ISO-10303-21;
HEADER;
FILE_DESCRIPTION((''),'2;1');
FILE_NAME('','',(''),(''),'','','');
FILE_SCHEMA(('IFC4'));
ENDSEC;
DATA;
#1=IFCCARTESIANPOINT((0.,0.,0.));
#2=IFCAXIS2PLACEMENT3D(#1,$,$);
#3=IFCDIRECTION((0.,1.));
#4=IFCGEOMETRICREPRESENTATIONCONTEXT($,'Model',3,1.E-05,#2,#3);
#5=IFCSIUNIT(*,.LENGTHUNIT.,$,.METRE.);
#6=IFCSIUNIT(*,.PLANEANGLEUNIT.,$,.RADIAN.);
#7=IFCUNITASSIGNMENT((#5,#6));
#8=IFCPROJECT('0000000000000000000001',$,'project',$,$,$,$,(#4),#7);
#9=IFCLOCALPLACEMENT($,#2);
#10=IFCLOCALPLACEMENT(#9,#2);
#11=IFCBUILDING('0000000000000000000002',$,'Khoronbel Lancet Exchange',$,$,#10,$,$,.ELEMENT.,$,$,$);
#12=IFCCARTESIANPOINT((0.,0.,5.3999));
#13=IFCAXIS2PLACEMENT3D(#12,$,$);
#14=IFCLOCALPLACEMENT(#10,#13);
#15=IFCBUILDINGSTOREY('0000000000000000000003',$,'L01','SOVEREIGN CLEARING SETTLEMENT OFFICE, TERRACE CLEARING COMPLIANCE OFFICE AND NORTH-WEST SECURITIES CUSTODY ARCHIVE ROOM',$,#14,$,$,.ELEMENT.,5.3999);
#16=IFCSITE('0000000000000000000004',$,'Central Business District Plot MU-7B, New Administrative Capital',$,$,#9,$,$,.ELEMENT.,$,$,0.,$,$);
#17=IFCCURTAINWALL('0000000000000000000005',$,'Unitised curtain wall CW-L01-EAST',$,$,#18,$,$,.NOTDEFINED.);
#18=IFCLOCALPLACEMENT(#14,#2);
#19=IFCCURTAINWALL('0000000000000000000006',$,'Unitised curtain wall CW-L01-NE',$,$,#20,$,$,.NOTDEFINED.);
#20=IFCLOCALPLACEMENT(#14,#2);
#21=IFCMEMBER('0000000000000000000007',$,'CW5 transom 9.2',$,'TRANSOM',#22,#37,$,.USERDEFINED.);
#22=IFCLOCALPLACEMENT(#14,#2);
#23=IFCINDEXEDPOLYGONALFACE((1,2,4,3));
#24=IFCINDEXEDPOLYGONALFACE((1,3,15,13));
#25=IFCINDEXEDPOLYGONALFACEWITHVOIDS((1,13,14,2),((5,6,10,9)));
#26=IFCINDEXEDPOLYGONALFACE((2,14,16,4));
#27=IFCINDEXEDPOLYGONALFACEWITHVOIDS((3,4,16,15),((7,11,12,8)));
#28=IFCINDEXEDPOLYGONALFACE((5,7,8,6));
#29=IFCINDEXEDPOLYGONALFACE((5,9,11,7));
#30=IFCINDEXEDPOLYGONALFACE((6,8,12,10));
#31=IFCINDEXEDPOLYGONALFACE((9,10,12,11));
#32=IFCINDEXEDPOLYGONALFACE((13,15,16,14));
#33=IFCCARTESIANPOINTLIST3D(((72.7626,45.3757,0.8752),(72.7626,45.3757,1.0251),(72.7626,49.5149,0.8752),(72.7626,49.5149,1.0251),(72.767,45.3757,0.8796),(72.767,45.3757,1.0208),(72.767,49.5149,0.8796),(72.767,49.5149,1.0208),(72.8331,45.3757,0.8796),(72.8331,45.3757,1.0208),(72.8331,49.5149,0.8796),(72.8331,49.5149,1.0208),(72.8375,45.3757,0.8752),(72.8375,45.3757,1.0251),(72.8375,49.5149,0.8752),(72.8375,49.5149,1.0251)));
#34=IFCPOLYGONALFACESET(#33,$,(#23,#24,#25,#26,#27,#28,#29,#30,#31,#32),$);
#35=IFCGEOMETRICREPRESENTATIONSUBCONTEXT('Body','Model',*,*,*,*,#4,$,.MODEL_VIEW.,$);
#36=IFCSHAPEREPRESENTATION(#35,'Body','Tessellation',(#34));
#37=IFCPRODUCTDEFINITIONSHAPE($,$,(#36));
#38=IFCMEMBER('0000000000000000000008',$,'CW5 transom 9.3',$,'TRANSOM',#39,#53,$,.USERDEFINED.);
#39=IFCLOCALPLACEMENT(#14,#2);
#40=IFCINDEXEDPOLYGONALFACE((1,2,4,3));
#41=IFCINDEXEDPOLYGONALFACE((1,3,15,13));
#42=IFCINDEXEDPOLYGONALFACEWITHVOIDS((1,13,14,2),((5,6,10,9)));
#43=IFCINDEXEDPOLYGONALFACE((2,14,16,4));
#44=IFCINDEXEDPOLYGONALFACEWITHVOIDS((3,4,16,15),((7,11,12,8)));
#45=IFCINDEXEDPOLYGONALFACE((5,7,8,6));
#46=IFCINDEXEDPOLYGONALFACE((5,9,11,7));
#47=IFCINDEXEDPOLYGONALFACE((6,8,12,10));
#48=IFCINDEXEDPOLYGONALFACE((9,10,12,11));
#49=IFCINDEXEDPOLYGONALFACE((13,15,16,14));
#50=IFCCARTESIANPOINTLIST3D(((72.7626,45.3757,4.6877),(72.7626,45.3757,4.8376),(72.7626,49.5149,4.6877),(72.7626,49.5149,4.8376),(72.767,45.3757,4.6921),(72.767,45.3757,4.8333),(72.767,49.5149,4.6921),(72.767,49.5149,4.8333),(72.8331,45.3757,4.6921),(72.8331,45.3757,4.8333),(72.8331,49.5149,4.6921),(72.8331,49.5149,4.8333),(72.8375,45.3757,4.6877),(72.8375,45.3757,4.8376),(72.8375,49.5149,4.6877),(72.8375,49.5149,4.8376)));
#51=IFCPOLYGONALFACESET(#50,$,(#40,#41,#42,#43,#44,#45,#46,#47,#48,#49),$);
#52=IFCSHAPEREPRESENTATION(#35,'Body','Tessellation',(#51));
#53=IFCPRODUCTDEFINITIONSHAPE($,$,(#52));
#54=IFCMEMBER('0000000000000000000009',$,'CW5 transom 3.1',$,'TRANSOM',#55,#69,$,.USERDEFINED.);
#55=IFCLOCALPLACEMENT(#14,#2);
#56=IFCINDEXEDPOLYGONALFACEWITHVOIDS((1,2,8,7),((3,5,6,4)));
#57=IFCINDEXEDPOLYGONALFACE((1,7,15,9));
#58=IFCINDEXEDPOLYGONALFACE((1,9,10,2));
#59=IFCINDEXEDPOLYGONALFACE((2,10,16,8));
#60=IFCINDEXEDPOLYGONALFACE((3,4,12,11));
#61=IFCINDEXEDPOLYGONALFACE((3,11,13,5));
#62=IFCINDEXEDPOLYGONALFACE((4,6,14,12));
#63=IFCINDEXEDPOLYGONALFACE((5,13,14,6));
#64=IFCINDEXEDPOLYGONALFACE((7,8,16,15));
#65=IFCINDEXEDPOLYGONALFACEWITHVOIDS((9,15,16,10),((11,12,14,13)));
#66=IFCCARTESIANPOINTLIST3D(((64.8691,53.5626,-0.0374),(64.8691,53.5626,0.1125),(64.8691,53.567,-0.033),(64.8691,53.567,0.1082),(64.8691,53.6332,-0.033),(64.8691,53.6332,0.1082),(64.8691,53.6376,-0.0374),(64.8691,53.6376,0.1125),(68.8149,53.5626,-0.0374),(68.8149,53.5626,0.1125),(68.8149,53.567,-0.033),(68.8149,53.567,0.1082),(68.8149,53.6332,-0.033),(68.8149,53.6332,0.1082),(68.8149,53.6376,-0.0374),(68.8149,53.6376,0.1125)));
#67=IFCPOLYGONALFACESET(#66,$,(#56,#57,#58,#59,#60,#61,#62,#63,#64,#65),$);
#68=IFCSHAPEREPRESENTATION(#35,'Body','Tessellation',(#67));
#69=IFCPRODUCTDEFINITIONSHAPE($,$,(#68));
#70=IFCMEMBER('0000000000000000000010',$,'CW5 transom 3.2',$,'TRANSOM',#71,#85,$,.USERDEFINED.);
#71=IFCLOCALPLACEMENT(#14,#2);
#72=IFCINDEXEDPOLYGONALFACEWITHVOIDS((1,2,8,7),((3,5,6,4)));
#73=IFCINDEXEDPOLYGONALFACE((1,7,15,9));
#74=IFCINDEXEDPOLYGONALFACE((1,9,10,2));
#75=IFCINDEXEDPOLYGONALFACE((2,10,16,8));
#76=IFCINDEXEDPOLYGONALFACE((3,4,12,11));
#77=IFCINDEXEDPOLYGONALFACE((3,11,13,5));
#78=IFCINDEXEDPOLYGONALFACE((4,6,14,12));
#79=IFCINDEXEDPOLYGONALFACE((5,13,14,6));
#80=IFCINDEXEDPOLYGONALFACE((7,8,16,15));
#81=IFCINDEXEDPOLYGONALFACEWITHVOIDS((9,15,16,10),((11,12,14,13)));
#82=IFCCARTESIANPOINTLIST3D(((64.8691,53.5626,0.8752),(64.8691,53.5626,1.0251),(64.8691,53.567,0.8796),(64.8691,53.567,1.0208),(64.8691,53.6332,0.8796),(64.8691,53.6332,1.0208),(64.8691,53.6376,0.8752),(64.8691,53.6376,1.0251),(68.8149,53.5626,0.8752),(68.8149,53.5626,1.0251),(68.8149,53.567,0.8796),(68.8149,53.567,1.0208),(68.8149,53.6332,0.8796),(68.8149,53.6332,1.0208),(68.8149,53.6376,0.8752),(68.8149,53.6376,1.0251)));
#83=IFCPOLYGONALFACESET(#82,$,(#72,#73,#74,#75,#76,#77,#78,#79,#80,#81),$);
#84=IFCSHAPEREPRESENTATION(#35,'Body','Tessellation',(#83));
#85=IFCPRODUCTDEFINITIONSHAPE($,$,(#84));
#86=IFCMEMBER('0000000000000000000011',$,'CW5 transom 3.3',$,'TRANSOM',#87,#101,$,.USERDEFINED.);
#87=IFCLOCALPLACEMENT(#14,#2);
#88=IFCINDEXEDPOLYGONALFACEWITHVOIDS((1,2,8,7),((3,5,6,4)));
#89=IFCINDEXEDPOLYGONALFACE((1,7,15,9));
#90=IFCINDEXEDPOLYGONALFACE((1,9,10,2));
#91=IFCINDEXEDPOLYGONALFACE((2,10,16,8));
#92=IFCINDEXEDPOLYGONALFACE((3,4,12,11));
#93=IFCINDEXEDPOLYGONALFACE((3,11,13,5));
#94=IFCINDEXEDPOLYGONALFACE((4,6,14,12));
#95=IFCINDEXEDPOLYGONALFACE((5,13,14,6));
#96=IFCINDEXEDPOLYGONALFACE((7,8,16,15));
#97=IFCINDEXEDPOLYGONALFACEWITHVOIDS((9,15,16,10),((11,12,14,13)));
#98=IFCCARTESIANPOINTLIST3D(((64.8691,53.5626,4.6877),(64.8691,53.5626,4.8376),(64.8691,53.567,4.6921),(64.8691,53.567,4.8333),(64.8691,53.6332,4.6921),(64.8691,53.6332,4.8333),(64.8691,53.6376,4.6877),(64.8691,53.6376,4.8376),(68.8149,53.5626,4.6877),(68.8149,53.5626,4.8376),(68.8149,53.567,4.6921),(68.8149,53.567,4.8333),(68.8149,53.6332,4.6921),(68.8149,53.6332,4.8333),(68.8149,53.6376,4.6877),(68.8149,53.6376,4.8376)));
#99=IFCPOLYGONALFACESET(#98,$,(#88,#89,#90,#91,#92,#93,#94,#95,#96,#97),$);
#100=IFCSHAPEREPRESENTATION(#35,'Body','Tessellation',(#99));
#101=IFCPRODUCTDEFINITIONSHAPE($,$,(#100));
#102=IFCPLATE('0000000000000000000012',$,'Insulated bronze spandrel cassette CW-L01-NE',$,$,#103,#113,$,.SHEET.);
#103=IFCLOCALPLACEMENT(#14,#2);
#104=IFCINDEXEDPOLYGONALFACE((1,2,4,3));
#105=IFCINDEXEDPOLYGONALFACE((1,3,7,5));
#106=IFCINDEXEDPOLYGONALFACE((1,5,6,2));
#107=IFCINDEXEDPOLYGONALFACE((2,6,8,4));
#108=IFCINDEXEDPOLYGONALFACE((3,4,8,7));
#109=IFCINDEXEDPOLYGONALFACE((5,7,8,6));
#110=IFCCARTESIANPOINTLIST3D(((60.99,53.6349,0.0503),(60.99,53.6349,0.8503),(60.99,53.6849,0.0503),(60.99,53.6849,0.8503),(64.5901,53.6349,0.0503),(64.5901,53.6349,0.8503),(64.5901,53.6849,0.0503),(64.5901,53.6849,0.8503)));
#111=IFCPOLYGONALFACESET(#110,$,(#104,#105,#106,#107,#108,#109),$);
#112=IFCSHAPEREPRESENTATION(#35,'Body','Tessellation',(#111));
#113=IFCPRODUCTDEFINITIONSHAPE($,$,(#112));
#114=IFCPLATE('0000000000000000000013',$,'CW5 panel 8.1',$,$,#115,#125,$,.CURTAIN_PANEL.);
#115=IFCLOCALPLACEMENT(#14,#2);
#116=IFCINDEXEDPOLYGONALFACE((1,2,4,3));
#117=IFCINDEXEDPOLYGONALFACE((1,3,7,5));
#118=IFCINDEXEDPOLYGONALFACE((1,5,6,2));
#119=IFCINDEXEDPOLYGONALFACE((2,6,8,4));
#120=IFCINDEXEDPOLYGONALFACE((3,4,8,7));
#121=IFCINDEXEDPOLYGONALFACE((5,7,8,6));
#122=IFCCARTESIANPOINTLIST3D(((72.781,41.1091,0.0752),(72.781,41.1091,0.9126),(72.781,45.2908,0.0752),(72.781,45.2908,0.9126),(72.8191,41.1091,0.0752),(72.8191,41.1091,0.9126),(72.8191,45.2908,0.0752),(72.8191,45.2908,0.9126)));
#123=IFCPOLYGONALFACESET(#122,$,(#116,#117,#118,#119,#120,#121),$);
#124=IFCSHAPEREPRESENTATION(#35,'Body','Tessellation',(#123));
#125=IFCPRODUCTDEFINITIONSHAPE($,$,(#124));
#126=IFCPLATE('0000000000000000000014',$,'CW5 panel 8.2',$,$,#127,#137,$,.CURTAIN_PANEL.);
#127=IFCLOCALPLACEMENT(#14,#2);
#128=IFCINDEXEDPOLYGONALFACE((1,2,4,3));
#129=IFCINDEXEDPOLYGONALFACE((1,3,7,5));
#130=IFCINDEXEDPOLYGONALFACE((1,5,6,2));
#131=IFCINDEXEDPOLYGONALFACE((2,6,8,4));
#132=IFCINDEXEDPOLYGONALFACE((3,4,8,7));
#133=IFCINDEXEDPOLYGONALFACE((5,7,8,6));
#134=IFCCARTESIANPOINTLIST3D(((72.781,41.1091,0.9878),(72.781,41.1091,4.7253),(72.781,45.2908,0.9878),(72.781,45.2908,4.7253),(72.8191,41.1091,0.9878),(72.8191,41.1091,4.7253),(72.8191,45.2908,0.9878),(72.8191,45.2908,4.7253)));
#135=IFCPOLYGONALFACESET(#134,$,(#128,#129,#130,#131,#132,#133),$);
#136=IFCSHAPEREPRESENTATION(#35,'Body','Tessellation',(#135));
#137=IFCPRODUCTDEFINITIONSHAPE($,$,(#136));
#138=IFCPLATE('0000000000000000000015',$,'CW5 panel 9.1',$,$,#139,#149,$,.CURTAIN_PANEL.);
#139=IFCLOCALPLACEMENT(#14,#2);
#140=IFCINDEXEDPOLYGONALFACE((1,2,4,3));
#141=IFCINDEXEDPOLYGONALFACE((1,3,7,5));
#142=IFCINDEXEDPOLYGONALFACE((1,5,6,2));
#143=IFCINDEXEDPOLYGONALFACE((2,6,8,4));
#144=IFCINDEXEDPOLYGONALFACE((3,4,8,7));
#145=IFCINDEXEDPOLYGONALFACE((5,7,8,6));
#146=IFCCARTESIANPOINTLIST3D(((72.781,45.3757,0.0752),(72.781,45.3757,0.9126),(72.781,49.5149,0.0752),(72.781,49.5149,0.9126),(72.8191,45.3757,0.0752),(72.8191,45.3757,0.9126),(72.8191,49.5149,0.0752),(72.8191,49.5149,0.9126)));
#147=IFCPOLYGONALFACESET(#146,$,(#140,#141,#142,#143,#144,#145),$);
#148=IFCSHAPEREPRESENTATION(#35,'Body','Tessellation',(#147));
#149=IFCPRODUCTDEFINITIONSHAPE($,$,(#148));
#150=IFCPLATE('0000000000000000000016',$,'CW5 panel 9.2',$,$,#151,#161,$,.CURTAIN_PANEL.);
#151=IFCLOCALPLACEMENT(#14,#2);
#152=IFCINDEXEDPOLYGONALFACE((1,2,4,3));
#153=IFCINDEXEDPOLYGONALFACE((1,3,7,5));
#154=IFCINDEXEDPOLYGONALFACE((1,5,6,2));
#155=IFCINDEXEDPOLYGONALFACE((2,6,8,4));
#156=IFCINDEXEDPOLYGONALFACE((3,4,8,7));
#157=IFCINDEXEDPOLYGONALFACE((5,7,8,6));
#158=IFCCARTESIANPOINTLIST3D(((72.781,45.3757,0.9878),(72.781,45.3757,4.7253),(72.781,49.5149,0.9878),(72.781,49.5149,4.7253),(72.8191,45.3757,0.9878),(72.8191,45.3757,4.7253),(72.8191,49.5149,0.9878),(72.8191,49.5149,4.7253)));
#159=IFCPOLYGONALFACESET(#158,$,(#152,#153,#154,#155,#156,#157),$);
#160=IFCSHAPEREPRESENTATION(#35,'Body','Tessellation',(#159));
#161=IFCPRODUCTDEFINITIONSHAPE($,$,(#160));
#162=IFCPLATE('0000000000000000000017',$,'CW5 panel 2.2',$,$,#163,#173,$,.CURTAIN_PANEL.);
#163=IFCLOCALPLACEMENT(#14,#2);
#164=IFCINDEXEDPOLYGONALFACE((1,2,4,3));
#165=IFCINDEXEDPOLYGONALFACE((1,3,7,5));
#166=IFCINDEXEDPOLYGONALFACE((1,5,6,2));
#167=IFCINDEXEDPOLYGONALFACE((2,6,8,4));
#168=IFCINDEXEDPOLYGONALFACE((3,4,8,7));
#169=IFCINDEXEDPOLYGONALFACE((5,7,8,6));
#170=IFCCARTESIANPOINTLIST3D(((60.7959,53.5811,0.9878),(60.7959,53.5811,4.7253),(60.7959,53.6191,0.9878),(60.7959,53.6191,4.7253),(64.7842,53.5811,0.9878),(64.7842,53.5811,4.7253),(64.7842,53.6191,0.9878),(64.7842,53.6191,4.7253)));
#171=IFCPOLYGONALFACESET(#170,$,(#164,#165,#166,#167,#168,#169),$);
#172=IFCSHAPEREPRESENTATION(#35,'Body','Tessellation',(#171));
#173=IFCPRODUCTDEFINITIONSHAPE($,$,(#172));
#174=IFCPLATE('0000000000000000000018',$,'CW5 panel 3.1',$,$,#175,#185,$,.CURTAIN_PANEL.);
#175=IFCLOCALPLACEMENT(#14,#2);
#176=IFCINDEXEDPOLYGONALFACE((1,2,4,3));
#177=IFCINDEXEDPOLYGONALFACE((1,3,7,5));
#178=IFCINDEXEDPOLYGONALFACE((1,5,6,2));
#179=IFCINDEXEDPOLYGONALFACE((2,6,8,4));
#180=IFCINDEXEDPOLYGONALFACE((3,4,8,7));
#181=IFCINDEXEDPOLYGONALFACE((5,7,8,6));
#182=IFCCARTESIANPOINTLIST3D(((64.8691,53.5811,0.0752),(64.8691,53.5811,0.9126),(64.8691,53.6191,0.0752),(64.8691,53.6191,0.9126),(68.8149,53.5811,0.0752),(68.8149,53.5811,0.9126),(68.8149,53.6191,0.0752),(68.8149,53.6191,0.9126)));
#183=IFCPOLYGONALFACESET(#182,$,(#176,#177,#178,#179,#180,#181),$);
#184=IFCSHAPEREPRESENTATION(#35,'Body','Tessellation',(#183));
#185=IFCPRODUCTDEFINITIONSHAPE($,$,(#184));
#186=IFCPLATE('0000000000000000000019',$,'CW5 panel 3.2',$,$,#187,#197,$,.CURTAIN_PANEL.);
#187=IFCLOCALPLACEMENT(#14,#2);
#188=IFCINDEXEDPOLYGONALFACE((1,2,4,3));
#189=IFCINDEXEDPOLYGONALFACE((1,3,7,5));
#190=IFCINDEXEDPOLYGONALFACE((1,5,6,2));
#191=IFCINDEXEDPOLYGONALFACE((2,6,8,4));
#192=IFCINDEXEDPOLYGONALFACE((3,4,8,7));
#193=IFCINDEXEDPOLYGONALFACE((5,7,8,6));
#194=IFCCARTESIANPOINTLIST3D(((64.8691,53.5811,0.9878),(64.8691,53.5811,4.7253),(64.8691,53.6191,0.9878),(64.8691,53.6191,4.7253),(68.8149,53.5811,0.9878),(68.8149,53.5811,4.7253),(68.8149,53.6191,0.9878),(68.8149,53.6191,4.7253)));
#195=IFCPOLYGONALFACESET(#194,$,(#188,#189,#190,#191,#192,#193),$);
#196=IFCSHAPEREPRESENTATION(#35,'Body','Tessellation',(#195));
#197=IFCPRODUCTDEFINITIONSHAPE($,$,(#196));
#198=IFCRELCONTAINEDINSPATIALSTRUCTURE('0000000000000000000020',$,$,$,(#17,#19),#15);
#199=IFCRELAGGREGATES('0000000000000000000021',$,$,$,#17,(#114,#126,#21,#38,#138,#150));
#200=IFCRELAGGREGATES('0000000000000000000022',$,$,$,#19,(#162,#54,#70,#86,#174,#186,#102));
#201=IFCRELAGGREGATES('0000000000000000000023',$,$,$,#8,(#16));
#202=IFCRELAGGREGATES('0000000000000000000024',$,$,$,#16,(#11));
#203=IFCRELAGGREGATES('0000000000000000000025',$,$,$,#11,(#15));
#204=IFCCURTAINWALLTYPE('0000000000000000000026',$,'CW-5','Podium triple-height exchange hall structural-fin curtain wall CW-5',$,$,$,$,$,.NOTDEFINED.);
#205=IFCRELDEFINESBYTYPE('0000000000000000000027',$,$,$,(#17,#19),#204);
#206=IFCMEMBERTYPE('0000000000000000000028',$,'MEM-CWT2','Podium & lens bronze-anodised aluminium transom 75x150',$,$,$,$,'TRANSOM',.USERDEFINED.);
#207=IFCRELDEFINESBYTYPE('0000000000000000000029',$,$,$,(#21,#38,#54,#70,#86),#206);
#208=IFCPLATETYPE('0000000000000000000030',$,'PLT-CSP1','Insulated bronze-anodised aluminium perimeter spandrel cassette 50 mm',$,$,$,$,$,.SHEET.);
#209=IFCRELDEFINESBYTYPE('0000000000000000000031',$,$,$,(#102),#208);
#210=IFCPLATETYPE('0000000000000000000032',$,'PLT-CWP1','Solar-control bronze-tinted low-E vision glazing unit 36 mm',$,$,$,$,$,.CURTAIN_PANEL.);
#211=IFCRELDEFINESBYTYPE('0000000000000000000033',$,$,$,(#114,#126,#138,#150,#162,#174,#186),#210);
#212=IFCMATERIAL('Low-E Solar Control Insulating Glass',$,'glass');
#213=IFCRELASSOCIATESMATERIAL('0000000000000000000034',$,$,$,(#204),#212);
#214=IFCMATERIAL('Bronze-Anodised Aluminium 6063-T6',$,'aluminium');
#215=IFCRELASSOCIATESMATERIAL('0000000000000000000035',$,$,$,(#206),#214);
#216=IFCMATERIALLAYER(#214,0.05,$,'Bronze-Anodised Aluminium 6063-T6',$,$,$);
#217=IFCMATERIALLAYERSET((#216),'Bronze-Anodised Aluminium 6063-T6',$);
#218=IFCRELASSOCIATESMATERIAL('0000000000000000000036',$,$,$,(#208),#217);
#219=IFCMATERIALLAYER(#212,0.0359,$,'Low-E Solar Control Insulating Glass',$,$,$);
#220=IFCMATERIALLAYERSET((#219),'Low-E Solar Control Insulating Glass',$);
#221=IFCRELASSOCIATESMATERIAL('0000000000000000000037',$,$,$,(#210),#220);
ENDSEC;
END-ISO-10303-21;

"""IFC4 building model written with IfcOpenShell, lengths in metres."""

from ifc_helpers import new_model, si_unit, direction, frame, origin, origin_2d, place, context, subcontext, project, spatial, rectangle, hollow_rectangle, extrude, material, layer, layer_set, material_profile, profile_set, type_object, element, aggregate, save


model = new_model("IFC4")

# Units and contexts
model_context = context("Model", 3, precision=1e-05, world=origin(), true_north=direction((0.0, 1.0)))
body_context = subcontext(model_context, "Body", "Model", "MODEL_VIEW")
ifc_project = project(units=[si_unit("LENGTHUNIT", "METRE"), si_unit("PLANEANGLEUNIT", "RADIAN")], contexts=[model_context])

# Site, building, storey
site_placement = place(None, origin())
site = spatial("IfcSite", under=ifc_project, at=site_placement, Name="Central Business District Plot MU-7B, New Administrative Capital", CompositionType="ELEMENT", RefElevation=0.0)
building_placement = place(site_placement, origin())
building = spatial("IfcBuilding", under=site, at=building_placement, Name="Khoronbel Lancet Exchange", CompositionType="ELEMENT")
storey_placement = place(building_placement, frame((0.0, 0.0, 5.3999)))
storey = spatial("IfcBuildingStorey", under=building, at=storey_placement, Name="L01", Description="SOVEREIGN CLEARING SETTLEMENT OFFICE, TERRACE CLEARING COMPLIANCE OFFICE AND NORTH-WEST SECURITIES CUSTODY ARCHIVE ROOM", CompositionType="ELEMENT", Elevation=5.3999)

# Curtain walls
ifc_material_1 = material(Name="Low-E Solar Control Insulating Glass", Category="glass")
curtain_wall_type = type_object("IfcCurtainWallType", Name="CW-5", Description="Podium triple-height exchange hall structural-fin curtain wall CW-5", PredefinedType="NOTDEFINED", material=ifc_material_1)
curtain_wall_1_placement = place(storey_placement, origin())
curtain_wall_1 = element("IfcCurtainWall", 1, at=curtain_wall_1_placement, inside=storey, type_object=curtain_wall_type, Name="Unitised curtain wall CW-L01-EAST", PredefinedType="NOTDEFINED")
ifc_material_2 = material(Name="Bronze-Anodised Aluminium 6063-T6", Category="aluminium")
curtain_wall_2_placement = place(storey_placement, origin())
curtain_wall_2 = element("IfcCurtainWall", 2, at=curtain_wall_2_placement, inside=storey, type_object=curtain_wall_type, Name="Unitised curtain wall CW-L01-NE", PredefinedType="NOTDEFINED")

# Members
ifc_material_profile_1 = material_profile(ifc_material_2, hollow_rectangle(XDim=0.075, YDim=0.1499, WallThickness=0.0044, at=origin_2d()), Name="ALU TRANSOM 75x150")
ifc_profile_set_1 = profile_set([ifc_material_profile_1], Name="Bronze-Anodised Aluminium 6063-T6")
member_type_1 = type_object("IfcMemberType", Name="MEM-CWT2", Description="Podium & lens bronze-anodised aluminium transom 75x150", ElementType="TRANSOM", PredefinedType="USERDEFINED", material=ifc_profile_set_1)
member_1_placement = place(storey_placement, frame((72.8, 45.3757, 0.9502), z_axis=(0.0, 1.0, 0.0), x_axis=(-1.0, 0.0, 0.0)))
member_1 = element("IfcMember", 3, at=member_1_placement, type_object=member_type_1, Name="CW5 transom 9.2", ObjectType="TRANSOM", PredefinedType="USERDEFINED", context=body_context, shape_type="SweptSolid", body=[
    extrude(hollow_rectangle(XDim=0.075, YDim=0.1499, WallThickness=0.0044, at=origin_2d()), origin(), (0.0, 0.0, 1.0), 4.1392),
])
member_2_placement = place(storey_placement, frame((72.8, 45.3757, 4.7627), z_axis=(0.0, 1.0, 0.0), x_axis=(-1.0, 0.0, 0.0)))
member_2 = element("IfcMember", 4, at=member_2_placement, type_object=member_type_1, Name="CW5 transom 9.3", ObjectType="TRANSOM", PredefinedType="USERDEFINED", context=body_context, shape_type="SweptSolid", body=[
    extrude(hollow_rectangle(XDim=0.075, YDim=0.1499, WallThickness=0.0044, at=origin_2d()), origin(), (0.0, 0.0, 1.0), 4.1392),
])
member_3_placement = place(storey_placement, frame((64.8691, 53.6001, 0.0376), z_axis=(1.0, 0.0, 0.0), x_axis=(0.0, 1.0, 0.0)))
member_3 = element("IfcMember", 5, at=member_3_placement, type_object=member_type_1, Name="CW5 transom 3.1", ObjectType="TRANSOM", PredefinedType="USERDEFINED", context=body_context, shape_type="SweptSolid", body=[
    extrude(hollow_rectangle(XDim=0.075, YDim=0.1499, WallThickness=0.0044, at=origin_2d()), origin(), (0.0, 0.0, 1.0), 3.9458),
])
member_4_placement = place(storey_placement, frame((64.8691, 53.6001, 0.9502), z_axis=(1.0, 0.0, 0.0), x_axis=(0.0, 1.0, 0.0)))
member_4 = element("IfcMember", 6, at=member_4_placement, type_object=member_type_1, Name="CW5 transom 3.2", ObjectType="TRANSOM", PredefinedType="USERDEFINED", context=body_context, shape_type="SweptSolid", body=[
    extrude(hollow_rectangle(XDim=0.075, YDim=0.1499, WallThickness=0.0044, at=origin_2d()), origin(), (0.0, 0.0, 1.0), 3.9458),
])
member_5_placement = place(storey_placement, frame((64.8691, 53.6001, 4.7627), z_axis=(1.0, 0.0, 0.0), x_axis=(0.0, 1.0, 0.0)))
member_5 = element("IfcMember", 7, at=member_5_placement, type_object=member_type_1, Name="CW5 transom 3.3", ObjectType="TRANSOM", PredefinedType="USERDEFINED", context=body_context, shape_type="SweptSolid", body=[
    extrude(hollow_rectangle(XDim=0.075, YDim=0.1499, WallThickness=0.0044, at=origin_2d()), origin(), (0.0, 0.0, 1.0), 3.9458),
])

# Plates
ifc_layer_1 = layer(ifc_material_2, 0.05, Name="Bronze-Anodised Aluminium 6063-T6")
ifc_layer_set_1 = layer_set([ifc_layer_1], Name="Bronze-Anodised Aluminium 6063-T6")
plate_type_1 = type_object("IfcPlateType", Name="PLT-CSP1", Description="Insulated bronze-anodised aluminium perimeter spandrel cassette 50 mm", PredefinedType="SHEET", material=ifc_layer_set_1)
plate_1_placement = place(storey_placement, frame((62.79, 53.6599, 0.0503), z_axis=(0.0, 0.0, 1.0), x_axis=(1.0, 0.0, 0.0)))
plate_1 = element("IfcPlate", 8, at=plate_1_placement, type_object=plate_type_1, Name="Insulated bronze spandrel cassette CW-L01-NE", PredefinedType="SHEET", context=body_context, shape_type="SweptSolid", body=[
    extrude(rectangle(XDim=3.6001, YDim=0.05, at=origin_2d()), origin(), (0.0, 0.0, 1.0), 0.8),
])
ifc_layer_2 = layer(ifc_material_1, 0.0359, Name="Low-E Solar Control Insulating Glass")
ifc_layer_set_2 = layer_set([ifc_layer_2], Name="Low-E Solar Control Insulating Glass")
plate_type_2 = type_object("IfcPlateType", Name="PLT-CWP1", Description="Solar-control bronze-tinted low-E vision glazing unit 36 mm", PredefinedType="CURTAIN_PANEL", material=ifc_layer_set_2)
plate_2_placement = place(storey_placement, frame((72.8, 43.2, 0.0752), z_axis=(0.0, 0.0, 1.0), x_axis=(0.0, 1.0, 0.0)))
plate_2 = element("IfcPlate", 9, at=plate_2_placement, type_object=plate_type_2, Name="CW5 panel 8.1", PredefinedType="CURTAIN_PANEL", context=body_context, shape_type="SweptSolid", body=[
    extrude(rectangle(XDim=4.1816, YDim=0.0381, at=origin_2d()), origin(), (0.0, 0.0, 1.0), 0.8374),
])
plate_3_placement = place(storey_placement, frame((72.8, 43.2, 0.9878), z_axis=(0.0, 0.0, 1.0), x_axis=(0.0, 1.0, 0.0)))
plate_3 = element("IfcPlate", 10, at=plate_3_placement, type_object=plate_type_2, Name="CW5 panel 8.2", PredefinedType="CURTAIN_PANEL", context=body_context, shape_type="SweptSolid", body=[
    extrude(rectangle(XDim=4.1816, YDim=0.0381, at=origin_2d()), origin(), (0.0, 0.0, 1.0), 3.7375),
])
plate_4_placement = place(storey_placement, frame((72.8, 47.4453, 0.0752), z_axis=(0.0, 0.0, 1.0), x_axis=(0.0, 1.0, 0.0)))
plate_4 = element("IfcPlate", 11, at=plate_4_placement, type_object=plate_type_2, Name="CW5 panel 9.1", PredefinedType="CURTAIN_PANEL", context=body_context, shape_type="SweptSolid", body=[
    extrude(rectangle(XDim=4.1392, YDim=0.0381, at=origin_2d()), origin(), (0.0, 0.0, 1.0), 0.8374),
])
plate_5_placement = place(storey_placement, frame((72.8, 47.4453, 0.9878), z_axis=(0.0, 0.0, 1.0), x_axis=(0.0, 1.0, 0.0)))
plate_5 = element("IfcPlate", 12, at=plate_5_placement, type_object=plate_type_2, Name="CW5 panel 9.2", PredefinedType="CURTAIN_PANEL", context=body_context, shape_type="SweptSolid", body=[
    extrude(rectangle(XDim=4.1392, YDim=0.0381, at=origin_2d()), origin(), (0.0, 0.0, 1.0), 3.7375),
])
aggregate(curtain_wall_1, [plate_2, plate_3, member_1, member_2, plate_4, plate_5])
plate_6_placement = place(storey_placement, frame((62.79, 53.6001, 0.9878), z_axis=(0.0, 0.0, 1.0), x_axis=(1.0, 0.0, 0.0)))
plate_6 = element("IfcPlate", 13, at=plate_6_placement, type_object=plate_type_2, Name="CW5 panel 2.2", PredefinedType="CURTAIN_PANEL", context=body_context, shape_type="SweptSolid", body=[
    extrude(rectangle(XDim=3.9883, YDim=0.0381, at=origin_2d()), origin(), (0.0, 0.0, 1.0), 3.7375),
])
plate_7_placement = place(storey_placement, frame((66.842, 53.6001, 0.0752), z_axis=(0.0, 0.0, 1.0), x_axis=(1.0, 0.0, 0.0)))
plate_7 = element("IfcPlate", 14, at=plate_7_placement, type_object=plate_type_2, Name="CW5 panel 3.1", PredefinedType="CURTAIN_PANEL", context=body_context, shape_type="SweptSolid", body=[
    extrude(rectangle(XDim=3.9458, YDim=0.0381, at=origin_2d()), origin(), (0.0, 0.0, 1.0), 0.8374),
])
plate_8_placement = place(storey_placement, frame((66.842, 53.6001, 0.9878), z_axis=(0.0, 0.0, 1.0), x_axis=(1.0, 0.0, 0.0)))
plate_8 = element("IfcPlate", 15, at=plate_8_placement, type_object=plate_type_2, Name="CW5 panel 3.2", PredefinedType="CURTAIN_PANEL", context=body_context, shape_type="SweptSolid", body=[
    extrude(rectangle(XDim=3.9458, YDim=0.0381, at=origin_2d()), origin(), (0.0, 0.0, 1.0), 3.7375),
])
aggregate(curtain_wall_2, [plate_6, member_3, member_4, member_5, plate_7, plate_8, plate_1])

save(model, "model.ifc")
